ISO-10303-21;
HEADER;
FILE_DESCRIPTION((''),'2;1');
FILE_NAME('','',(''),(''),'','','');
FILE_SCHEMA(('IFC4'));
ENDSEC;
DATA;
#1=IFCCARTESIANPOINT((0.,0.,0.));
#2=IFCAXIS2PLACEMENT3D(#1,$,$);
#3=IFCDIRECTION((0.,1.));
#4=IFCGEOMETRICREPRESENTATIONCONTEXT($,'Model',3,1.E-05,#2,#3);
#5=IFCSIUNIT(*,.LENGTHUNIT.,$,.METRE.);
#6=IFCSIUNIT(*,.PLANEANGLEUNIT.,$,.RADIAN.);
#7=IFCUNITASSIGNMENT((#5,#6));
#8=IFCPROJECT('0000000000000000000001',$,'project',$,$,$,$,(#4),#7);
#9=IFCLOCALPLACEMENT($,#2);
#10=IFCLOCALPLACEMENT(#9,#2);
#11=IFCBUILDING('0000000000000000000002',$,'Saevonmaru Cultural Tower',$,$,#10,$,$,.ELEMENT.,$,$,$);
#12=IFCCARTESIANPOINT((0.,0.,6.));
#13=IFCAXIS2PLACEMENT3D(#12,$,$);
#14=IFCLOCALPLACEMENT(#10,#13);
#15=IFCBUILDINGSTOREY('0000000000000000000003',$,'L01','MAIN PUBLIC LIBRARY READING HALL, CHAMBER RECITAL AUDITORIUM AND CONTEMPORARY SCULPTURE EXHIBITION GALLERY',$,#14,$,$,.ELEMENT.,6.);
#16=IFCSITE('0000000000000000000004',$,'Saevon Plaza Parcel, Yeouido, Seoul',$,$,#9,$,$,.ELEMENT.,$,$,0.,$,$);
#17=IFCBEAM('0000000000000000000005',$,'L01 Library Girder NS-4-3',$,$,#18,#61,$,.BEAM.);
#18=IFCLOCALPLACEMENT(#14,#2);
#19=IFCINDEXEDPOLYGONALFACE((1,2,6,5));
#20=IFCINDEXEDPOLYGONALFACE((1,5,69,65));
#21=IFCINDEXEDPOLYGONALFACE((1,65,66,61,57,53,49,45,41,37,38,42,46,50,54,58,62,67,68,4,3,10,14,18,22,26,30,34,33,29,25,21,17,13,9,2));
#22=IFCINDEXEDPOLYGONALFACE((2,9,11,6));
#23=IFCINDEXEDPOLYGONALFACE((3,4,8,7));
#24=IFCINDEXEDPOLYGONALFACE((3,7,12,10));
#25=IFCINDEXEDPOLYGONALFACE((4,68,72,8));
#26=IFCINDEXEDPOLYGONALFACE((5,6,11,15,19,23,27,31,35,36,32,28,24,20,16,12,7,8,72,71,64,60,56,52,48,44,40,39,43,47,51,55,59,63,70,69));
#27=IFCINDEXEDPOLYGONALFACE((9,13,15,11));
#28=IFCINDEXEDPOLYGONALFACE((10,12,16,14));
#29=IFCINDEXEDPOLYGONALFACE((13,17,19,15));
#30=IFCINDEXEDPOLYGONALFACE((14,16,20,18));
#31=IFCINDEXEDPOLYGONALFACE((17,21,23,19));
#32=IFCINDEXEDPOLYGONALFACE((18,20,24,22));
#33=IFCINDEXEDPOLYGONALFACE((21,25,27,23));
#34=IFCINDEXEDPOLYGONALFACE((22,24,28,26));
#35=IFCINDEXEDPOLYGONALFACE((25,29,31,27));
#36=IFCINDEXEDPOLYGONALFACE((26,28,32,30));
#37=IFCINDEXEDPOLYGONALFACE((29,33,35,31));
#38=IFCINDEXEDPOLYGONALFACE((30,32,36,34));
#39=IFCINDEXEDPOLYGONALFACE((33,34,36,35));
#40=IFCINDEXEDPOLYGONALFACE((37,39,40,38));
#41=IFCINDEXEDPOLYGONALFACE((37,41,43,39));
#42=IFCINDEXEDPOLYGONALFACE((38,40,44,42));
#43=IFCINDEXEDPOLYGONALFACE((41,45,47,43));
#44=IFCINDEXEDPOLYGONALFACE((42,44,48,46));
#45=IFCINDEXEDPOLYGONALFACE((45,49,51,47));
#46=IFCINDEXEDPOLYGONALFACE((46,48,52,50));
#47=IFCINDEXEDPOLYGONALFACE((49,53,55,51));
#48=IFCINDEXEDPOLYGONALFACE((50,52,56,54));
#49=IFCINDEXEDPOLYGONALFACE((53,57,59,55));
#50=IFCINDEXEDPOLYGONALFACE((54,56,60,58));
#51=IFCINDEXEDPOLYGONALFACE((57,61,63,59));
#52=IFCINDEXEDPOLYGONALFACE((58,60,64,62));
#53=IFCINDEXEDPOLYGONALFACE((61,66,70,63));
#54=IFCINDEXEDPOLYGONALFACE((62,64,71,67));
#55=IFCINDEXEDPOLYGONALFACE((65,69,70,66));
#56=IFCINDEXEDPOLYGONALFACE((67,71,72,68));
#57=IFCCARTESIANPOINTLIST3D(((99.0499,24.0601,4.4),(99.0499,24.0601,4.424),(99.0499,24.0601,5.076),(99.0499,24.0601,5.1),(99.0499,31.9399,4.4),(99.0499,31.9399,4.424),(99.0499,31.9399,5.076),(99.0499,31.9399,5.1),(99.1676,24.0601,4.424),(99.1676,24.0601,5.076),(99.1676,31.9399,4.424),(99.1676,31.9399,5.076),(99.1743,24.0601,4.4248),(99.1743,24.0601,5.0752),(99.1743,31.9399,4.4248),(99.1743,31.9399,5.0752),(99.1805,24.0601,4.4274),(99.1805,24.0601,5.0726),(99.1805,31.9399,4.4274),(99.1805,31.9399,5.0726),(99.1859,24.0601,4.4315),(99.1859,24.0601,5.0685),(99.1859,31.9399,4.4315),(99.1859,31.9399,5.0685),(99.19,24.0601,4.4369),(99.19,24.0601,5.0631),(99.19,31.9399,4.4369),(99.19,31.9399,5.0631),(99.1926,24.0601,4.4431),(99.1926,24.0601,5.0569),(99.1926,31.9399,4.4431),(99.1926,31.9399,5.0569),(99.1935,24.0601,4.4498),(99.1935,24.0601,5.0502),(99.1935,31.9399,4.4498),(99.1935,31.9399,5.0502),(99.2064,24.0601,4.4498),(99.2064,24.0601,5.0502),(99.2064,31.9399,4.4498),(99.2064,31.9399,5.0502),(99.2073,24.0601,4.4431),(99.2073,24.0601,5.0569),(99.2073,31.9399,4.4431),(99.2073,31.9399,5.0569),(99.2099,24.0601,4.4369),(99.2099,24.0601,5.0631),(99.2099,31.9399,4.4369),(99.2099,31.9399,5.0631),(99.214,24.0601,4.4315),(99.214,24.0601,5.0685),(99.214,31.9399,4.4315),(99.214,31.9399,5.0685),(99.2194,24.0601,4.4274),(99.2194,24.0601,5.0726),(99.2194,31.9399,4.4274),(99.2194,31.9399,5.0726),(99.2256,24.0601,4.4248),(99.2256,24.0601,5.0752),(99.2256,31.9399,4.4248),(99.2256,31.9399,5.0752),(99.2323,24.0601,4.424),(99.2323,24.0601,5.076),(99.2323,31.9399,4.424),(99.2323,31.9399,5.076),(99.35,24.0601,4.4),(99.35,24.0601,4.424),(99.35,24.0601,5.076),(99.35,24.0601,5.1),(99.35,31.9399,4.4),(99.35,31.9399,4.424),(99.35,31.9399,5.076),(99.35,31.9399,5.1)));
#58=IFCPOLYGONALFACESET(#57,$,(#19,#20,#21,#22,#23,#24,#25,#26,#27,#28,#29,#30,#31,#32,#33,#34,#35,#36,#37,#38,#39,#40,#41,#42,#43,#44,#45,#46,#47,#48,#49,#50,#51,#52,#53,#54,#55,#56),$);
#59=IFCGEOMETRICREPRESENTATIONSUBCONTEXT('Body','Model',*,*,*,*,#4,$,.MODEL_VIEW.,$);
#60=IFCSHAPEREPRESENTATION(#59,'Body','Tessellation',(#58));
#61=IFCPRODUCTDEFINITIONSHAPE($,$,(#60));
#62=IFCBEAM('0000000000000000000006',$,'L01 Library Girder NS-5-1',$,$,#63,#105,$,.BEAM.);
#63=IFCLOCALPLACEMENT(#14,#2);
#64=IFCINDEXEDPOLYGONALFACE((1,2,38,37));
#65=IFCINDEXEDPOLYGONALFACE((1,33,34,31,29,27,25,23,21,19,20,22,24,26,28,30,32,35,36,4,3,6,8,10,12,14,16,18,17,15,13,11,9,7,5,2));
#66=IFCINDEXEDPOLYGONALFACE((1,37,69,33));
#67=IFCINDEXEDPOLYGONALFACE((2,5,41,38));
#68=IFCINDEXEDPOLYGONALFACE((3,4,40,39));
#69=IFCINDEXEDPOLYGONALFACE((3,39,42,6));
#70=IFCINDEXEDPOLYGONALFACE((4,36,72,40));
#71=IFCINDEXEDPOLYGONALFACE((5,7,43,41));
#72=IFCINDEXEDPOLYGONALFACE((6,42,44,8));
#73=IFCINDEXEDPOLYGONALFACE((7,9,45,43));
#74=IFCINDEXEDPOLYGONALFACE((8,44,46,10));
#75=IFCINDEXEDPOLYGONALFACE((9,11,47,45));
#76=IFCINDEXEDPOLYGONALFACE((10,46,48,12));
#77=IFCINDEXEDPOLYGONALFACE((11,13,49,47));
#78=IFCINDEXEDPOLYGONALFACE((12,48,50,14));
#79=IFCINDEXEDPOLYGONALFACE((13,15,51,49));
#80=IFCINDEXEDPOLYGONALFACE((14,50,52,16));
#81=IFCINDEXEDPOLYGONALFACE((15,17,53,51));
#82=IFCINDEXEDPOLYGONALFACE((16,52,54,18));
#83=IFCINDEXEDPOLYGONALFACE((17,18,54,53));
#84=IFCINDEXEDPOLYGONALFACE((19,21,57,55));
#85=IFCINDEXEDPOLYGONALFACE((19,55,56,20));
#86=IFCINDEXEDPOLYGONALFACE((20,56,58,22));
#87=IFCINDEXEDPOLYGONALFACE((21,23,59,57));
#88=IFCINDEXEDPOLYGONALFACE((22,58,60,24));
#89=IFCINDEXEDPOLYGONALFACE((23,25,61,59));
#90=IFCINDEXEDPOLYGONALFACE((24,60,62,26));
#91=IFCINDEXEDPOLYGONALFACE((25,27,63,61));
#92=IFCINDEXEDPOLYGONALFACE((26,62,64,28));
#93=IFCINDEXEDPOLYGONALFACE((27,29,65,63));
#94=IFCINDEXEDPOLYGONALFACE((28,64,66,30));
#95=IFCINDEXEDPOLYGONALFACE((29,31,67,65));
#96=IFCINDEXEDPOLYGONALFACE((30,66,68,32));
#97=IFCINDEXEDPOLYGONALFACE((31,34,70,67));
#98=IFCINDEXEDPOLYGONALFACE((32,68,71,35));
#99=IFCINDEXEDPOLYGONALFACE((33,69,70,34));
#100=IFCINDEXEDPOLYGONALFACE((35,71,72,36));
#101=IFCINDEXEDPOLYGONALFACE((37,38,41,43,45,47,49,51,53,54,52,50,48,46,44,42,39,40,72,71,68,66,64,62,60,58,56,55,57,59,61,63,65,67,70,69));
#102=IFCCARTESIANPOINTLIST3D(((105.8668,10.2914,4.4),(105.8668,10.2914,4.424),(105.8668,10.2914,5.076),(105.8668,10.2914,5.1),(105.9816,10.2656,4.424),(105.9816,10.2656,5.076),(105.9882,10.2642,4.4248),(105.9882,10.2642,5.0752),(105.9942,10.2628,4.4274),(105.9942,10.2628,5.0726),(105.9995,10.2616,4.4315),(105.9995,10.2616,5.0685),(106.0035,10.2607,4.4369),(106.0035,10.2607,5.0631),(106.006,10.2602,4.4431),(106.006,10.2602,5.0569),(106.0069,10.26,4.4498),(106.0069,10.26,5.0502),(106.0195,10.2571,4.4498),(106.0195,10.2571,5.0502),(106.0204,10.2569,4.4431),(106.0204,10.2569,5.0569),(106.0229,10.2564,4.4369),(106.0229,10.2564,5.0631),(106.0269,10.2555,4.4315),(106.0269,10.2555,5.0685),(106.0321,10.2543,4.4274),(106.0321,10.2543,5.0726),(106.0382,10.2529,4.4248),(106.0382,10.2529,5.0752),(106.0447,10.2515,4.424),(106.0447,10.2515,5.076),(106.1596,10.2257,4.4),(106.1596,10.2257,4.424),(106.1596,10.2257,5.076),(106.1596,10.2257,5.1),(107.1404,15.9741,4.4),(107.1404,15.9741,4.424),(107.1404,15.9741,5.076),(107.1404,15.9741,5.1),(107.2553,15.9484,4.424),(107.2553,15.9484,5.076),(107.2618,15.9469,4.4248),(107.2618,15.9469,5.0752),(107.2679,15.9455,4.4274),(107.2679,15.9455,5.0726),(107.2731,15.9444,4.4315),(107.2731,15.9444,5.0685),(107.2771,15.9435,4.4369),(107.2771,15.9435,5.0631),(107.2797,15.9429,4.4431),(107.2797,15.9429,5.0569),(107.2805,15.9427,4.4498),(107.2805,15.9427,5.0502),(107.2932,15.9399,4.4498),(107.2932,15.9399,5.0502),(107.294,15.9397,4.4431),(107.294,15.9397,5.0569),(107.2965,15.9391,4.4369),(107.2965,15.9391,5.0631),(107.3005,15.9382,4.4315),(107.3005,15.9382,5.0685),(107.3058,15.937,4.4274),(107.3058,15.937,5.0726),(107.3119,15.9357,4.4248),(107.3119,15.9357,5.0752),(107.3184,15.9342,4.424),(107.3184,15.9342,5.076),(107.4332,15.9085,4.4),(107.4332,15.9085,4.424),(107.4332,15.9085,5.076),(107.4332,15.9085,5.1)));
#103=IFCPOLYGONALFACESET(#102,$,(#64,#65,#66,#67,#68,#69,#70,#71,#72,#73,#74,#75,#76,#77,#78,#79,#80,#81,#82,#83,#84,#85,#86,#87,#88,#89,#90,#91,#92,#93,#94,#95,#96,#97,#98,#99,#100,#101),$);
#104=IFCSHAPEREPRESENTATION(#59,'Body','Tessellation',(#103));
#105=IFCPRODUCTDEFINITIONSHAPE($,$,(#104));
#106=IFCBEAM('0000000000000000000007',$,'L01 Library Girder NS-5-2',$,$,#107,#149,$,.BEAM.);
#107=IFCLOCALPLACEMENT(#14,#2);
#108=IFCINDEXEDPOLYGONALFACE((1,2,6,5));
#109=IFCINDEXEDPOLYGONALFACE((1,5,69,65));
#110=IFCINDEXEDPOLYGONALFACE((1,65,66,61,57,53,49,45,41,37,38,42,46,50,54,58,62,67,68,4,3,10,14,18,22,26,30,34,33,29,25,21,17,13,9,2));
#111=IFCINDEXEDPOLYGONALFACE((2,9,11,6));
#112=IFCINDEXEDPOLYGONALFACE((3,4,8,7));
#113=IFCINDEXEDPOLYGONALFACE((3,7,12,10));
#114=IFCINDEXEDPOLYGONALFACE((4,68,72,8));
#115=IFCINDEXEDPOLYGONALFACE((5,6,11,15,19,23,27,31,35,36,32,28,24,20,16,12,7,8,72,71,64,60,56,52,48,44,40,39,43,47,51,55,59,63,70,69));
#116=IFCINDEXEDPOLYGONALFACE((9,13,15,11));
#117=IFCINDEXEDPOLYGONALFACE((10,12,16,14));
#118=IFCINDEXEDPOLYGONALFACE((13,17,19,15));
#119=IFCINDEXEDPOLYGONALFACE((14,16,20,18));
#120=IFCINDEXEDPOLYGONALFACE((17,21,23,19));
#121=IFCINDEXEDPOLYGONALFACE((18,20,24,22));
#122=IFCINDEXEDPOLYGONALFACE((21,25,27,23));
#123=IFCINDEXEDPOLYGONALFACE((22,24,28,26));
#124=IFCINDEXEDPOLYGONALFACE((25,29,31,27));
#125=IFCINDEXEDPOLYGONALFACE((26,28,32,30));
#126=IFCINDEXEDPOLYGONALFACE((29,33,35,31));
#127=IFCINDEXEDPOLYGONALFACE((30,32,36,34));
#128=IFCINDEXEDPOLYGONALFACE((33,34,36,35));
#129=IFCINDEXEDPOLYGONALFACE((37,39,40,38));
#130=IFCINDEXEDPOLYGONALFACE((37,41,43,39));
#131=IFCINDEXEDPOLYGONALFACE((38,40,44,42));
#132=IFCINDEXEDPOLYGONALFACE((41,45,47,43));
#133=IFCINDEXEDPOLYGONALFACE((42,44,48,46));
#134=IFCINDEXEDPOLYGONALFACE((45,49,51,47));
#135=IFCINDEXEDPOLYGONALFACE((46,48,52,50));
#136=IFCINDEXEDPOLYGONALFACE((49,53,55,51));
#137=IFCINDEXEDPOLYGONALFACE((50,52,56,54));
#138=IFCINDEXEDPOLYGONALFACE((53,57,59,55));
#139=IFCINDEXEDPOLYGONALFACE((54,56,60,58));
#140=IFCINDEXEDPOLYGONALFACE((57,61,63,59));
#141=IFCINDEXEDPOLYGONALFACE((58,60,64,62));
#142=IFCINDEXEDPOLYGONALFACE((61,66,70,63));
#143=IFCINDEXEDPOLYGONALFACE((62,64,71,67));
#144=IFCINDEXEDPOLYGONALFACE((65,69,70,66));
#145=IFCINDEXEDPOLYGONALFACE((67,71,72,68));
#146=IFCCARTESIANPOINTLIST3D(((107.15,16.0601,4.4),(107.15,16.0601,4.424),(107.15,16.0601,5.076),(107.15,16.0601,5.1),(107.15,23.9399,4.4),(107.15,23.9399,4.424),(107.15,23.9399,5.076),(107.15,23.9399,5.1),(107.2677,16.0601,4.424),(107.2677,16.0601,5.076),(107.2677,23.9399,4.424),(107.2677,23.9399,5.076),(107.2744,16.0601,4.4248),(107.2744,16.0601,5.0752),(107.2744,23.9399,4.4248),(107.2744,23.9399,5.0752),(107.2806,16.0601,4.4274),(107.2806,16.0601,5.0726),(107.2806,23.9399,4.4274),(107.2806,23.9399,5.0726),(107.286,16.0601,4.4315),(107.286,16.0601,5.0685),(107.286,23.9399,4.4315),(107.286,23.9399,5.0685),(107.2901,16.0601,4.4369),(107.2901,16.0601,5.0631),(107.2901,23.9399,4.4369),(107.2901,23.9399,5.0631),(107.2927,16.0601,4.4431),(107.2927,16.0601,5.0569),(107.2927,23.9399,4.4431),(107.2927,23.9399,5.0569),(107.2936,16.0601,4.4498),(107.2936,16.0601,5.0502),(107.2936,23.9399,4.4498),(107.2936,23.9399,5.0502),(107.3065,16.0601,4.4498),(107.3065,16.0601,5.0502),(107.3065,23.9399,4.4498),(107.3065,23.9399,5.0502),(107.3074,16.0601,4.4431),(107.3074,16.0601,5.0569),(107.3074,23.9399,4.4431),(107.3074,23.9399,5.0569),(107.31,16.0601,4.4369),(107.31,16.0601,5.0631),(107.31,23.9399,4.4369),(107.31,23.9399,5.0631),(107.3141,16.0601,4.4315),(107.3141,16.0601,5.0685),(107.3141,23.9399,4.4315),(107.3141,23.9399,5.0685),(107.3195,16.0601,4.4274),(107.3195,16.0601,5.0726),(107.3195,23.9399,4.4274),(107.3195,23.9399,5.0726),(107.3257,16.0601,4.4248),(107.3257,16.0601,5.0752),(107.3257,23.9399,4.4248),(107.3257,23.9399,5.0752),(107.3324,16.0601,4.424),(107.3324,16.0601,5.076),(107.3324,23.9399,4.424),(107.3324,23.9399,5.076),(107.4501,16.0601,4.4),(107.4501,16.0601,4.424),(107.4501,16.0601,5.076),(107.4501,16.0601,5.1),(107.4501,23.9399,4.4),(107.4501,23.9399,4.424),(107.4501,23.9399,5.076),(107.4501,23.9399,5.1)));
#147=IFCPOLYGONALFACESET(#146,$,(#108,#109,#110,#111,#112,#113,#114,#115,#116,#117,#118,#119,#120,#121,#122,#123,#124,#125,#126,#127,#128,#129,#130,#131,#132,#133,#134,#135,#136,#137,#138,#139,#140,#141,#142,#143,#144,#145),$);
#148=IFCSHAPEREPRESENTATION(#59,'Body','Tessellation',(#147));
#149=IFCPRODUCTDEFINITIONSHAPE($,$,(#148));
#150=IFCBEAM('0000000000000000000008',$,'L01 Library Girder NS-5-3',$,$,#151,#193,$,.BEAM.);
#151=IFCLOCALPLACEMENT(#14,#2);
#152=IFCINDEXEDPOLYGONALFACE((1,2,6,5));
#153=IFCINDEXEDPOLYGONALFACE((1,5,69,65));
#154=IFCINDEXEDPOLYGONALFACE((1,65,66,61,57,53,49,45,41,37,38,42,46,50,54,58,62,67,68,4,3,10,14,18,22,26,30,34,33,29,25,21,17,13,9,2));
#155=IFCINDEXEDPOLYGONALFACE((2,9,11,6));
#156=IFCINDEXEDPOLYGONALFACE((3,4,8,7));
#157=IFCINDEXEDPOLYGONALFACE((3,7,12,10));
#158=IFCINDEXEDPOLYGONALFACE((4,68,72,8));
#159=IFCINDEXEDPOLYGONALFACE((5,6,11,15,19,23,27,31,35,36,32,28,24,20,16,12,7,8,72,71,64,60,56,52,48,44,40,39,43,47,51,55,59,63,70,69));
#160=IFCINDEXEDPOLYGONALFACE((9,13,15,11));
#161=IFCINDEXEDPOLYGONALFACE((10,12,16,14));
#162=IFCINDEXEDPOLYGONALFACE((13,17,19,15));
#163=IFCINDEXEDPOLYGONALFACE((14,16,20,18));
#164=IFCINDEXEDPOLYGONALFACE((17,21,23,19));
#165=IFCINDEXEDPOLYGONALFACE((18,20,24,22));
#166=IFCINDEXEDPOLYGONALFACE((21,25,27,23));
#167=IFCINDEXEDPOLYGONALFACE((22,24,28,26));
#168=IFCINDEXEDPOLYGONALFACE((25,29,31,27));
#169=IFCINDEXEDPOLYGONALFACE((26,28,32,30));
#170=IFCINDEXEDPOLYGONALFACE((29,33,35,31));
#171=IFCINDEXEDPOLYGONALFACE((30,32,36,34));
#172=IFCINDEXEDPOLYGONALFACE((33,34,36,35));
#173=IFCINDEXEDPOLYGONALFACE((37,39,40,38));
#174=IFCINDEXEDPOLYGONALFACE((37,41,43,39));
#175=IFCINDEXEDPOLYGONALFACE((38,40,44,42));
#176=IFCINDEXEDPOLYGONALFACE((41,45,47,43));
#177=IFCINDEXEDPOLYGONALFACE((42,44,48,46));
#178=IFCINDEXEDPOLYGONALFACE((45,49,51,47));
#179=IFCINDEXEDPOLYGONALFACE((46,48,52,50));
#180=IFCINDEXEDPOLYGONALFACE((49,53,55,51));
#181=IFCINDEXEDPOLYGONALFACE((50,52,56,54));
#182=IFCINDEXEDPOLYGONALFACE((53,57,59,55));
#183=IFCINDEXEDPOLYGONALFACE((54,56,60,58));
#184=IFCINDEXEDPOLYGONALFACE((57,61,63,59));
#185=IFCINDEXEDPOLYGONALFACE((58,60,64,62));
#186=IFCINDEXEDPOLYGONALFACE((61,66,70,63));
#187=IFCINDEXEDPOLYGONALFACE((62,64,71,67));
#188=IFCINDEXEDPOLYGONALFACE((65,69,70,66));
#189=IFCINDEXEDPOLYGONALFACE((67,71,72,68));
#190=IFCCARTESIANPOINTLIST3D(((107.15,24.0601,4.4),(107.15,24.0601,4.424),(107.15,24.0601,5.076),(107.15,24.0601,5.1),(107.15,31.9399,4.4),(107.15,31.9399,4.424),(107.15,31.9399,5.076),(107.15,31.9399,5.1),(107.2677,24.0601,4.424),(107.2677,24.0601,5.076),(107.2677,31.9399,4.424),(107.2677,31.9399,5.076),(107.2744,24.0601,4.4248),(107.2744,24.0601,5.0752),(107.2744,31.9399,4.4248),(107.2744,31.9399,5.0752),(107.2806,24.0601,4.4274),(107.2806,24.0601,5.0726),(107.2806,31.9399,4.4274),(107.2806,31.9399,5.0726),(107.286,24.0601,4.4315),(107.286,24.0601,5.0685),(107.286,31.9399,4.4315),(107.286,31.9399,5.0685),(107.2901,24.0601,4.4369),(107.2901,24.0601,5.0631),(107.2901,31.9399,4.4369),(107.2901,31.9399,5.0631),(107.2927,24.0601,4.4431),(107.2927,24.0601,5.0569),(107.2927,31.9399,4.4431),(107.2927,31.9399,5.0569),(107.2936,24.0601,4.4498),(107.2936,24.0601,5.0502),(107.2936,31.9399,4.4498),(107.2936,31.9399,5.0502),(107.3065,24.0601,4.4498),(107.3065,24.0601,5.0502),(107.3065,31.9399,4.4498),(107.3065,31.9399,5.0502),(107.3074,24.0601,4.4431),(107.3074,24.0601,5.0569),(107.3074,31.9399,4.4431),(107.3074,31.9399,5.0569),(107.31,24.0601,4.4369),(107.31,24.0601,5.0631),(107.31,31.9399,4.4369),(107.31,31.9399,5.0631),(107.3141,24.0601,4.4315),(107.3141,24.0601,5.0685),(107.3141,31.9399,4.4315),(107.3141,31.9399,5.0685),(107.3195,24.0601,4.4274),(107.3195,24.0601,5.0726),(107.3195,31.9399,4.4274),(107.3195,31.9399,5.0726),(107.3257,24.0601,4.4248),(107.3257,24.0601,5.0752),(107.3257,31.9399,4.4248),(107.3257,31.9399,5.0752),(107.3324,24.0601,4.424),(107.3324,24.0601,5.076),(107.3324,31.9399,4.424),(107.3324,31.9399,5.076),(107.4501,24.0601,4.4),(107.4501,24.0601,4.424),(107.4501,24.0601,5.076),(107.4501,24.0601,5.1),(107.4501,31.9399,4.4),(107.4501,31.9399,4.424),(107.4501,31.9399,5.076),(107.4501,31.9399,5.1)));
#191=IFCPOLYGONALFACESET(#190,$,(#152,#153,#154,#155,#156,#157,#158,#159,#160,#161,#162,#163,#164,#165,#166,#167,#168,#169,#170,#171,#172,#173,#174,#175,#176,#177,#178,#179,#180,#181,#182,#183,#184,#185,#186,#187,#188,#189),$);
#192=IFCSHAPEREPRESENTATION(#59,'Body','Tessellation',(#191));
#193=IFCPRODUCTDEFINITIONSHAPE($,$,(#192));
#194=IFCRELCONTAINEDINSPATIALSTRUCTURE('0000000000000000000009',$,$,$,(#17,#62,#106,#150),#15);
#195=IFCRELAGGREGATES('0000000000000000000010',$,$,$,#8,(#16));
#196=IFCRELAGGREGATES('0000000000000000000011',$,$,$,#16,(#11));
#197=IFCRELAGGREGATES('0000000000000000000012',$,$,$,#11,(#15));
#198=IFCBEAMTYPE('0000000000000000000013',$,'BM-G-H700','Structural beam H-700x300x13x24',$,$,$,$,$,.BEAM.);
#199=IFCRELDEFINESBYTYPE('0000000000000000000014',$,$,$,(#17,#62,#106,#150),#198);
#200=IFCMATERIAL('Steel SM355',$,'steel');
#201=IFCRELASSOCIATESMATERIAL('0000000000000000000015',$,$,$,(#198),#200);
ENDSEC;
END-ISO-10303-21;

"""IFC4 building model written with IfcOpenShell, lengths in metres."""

from ifc_helpers import new_model, si_unit, direction, frame, origin, origin_2d, place, context, subcontext, project, spatial, i_section, extrude, material, material_profile, profile_set, type_object, element, save


model = new_model("IFC4")

# Units and contexts
model_context = context("Model", 3, precision=1e-05, world=origin(), true_north=direction((0.0, 1.0)))
body_context = subcontext(model_context, "Body", "Model", "MODEL_VIEW")
ifc_project = project(units=[si_unit("LENGTHUNIT", "METRE"), si_unit("PLANEANGLEUNIT", "RADIAN")], contexts=[model_context])

# Site, building, storey
site_placement = place(None, origin())
site = spatial("IfcSite", under=ifc_project, at=site_placement, Name="Saevon Plaza Parcel, Yeouido, Seoul", CompositionType="ELEMENT", RefElevation=0.0)
building_placement = place(site_placement, origin())
building = spatial("IfcBuilding", under=site, at=building_placement, Name="Saevonmaru Cultural Tower", CompositionType="ELEMENT")
storey_placement = place(building_placement, frame((0.0, 0.0, 6.0)))
storey = spatial("IfcBuildingStorey", under=building, at=storey_placement, Name="L01", Description="MAIN PUBLIC LIBRARY READING HALL, CHAMBER RECITAL AUDITORIUM AND CONTEMPORARY SCULPTURE EXHIBITION GALLERY", CompositionType="ELEMENT", Elevation=6.0)

# Shared definitions
ifc_material_1 = material(Name="Steel SM355", Category="steel")

# Beams
ifc_material_profile_1 = material_profile(ifc_material_1, i_section(OverallWidth=0.3, OverallDepth=0.7, WebThickness=0.0129, FlangeThickness=0.0239, FilletRadius=0.0259, at=origin_2d()), Name="H-700x300x13x24")
ifc_profile_set_1 = profile_set([ifc_material_profile_1], Name="Steel SM355")
beam_type_1 = type_object("IfcBeamType", Name="BM-G-H700", Description="Structural beam H-700x300x13x24", PredefinedType="BEAM", material=ifc_profile_set_1)
for number, where, z_axis, x_axis, name in (
    (1, (99.2, 24.0601, 4.75), (0.0, 1.0, 0.0), (-1.0, 0.0, 0.0), "L01 Library Girder NS-4-3"),
):
    element("IfcBeam", number, at=place(storey_placement, frame(where, z_axis=z_axis, x_axis=x_axis)), inside=storey, type_object=beam_type_1, Name=name, PredefinedType="BEAM", context=body_context, shape_type="SweptSolid", body=[
        extrude(i_section(OverallWidth=0.3, OverallDepth=0.7, WebThickness=0.0129, FlangeThickness=0.0239, FilletRadius=0.0259, at=origin_2d()), origin(), (0.0, 0.0, 1.0), 7.8799),
    ])
beam_1_placement = place(storey_placement, frame((106.0132, 10.2585, 4.75), z_axis=(0.218701, 0.975792, 0.0), x_axis=(-0.975792, 0.218701, 0.0)))
element("IfcBeam", 2, at=beam_1_placement, inside=storey, type_object=beam_type_1, Name="L01 Library Girder NS-5-1", PredefinedType="BEAM", context=body_context, shape_type="SweptSolid", body=[
    extrude(i_section(OverallWidth=0.3, OverallDepth=0.7, WebThickness=0.0129, FlangeThickness=0.0239, FilletRadius=0.0259, at=origin_2d()), origin(), (0.0, 0.0, 1.0), 5.8237),
])
for number, where, z_axis, x_axis, name in (
    (3, (107.3, 16.0601, 4.75), (0.0, 1.0, 0.0), (-1.0, 0.0, 0.0), "L01 Library Girder NS-5-2"),
    (4, (107.3, 24.0601, 4.75), (0.0, 1.0, 0.0), (-1.0, 0.0, 0.0), "L01 Library Girder NS-5-3"),
):
    element("IfcBeam", number, at=place(storey_placement, frame(where, z_axis=z_axis, x_axis=x_axis)), inside=storey, type_object=beam_type_1, Name=name, PredefinedType="BEAM", context=body_context, shape_type="SweptSolid", body=[
        extrude(i_section(OverallWidth=0.3, OverallDepth=0.7, WebThickness=0.0129, FlangeThickness=0.0239, FilletRadius=0.0259, at=origin_2d()), origin(), (0.0, 0.0, 1.0), 7.8799),
    ])

save(model, "model.ifc")
